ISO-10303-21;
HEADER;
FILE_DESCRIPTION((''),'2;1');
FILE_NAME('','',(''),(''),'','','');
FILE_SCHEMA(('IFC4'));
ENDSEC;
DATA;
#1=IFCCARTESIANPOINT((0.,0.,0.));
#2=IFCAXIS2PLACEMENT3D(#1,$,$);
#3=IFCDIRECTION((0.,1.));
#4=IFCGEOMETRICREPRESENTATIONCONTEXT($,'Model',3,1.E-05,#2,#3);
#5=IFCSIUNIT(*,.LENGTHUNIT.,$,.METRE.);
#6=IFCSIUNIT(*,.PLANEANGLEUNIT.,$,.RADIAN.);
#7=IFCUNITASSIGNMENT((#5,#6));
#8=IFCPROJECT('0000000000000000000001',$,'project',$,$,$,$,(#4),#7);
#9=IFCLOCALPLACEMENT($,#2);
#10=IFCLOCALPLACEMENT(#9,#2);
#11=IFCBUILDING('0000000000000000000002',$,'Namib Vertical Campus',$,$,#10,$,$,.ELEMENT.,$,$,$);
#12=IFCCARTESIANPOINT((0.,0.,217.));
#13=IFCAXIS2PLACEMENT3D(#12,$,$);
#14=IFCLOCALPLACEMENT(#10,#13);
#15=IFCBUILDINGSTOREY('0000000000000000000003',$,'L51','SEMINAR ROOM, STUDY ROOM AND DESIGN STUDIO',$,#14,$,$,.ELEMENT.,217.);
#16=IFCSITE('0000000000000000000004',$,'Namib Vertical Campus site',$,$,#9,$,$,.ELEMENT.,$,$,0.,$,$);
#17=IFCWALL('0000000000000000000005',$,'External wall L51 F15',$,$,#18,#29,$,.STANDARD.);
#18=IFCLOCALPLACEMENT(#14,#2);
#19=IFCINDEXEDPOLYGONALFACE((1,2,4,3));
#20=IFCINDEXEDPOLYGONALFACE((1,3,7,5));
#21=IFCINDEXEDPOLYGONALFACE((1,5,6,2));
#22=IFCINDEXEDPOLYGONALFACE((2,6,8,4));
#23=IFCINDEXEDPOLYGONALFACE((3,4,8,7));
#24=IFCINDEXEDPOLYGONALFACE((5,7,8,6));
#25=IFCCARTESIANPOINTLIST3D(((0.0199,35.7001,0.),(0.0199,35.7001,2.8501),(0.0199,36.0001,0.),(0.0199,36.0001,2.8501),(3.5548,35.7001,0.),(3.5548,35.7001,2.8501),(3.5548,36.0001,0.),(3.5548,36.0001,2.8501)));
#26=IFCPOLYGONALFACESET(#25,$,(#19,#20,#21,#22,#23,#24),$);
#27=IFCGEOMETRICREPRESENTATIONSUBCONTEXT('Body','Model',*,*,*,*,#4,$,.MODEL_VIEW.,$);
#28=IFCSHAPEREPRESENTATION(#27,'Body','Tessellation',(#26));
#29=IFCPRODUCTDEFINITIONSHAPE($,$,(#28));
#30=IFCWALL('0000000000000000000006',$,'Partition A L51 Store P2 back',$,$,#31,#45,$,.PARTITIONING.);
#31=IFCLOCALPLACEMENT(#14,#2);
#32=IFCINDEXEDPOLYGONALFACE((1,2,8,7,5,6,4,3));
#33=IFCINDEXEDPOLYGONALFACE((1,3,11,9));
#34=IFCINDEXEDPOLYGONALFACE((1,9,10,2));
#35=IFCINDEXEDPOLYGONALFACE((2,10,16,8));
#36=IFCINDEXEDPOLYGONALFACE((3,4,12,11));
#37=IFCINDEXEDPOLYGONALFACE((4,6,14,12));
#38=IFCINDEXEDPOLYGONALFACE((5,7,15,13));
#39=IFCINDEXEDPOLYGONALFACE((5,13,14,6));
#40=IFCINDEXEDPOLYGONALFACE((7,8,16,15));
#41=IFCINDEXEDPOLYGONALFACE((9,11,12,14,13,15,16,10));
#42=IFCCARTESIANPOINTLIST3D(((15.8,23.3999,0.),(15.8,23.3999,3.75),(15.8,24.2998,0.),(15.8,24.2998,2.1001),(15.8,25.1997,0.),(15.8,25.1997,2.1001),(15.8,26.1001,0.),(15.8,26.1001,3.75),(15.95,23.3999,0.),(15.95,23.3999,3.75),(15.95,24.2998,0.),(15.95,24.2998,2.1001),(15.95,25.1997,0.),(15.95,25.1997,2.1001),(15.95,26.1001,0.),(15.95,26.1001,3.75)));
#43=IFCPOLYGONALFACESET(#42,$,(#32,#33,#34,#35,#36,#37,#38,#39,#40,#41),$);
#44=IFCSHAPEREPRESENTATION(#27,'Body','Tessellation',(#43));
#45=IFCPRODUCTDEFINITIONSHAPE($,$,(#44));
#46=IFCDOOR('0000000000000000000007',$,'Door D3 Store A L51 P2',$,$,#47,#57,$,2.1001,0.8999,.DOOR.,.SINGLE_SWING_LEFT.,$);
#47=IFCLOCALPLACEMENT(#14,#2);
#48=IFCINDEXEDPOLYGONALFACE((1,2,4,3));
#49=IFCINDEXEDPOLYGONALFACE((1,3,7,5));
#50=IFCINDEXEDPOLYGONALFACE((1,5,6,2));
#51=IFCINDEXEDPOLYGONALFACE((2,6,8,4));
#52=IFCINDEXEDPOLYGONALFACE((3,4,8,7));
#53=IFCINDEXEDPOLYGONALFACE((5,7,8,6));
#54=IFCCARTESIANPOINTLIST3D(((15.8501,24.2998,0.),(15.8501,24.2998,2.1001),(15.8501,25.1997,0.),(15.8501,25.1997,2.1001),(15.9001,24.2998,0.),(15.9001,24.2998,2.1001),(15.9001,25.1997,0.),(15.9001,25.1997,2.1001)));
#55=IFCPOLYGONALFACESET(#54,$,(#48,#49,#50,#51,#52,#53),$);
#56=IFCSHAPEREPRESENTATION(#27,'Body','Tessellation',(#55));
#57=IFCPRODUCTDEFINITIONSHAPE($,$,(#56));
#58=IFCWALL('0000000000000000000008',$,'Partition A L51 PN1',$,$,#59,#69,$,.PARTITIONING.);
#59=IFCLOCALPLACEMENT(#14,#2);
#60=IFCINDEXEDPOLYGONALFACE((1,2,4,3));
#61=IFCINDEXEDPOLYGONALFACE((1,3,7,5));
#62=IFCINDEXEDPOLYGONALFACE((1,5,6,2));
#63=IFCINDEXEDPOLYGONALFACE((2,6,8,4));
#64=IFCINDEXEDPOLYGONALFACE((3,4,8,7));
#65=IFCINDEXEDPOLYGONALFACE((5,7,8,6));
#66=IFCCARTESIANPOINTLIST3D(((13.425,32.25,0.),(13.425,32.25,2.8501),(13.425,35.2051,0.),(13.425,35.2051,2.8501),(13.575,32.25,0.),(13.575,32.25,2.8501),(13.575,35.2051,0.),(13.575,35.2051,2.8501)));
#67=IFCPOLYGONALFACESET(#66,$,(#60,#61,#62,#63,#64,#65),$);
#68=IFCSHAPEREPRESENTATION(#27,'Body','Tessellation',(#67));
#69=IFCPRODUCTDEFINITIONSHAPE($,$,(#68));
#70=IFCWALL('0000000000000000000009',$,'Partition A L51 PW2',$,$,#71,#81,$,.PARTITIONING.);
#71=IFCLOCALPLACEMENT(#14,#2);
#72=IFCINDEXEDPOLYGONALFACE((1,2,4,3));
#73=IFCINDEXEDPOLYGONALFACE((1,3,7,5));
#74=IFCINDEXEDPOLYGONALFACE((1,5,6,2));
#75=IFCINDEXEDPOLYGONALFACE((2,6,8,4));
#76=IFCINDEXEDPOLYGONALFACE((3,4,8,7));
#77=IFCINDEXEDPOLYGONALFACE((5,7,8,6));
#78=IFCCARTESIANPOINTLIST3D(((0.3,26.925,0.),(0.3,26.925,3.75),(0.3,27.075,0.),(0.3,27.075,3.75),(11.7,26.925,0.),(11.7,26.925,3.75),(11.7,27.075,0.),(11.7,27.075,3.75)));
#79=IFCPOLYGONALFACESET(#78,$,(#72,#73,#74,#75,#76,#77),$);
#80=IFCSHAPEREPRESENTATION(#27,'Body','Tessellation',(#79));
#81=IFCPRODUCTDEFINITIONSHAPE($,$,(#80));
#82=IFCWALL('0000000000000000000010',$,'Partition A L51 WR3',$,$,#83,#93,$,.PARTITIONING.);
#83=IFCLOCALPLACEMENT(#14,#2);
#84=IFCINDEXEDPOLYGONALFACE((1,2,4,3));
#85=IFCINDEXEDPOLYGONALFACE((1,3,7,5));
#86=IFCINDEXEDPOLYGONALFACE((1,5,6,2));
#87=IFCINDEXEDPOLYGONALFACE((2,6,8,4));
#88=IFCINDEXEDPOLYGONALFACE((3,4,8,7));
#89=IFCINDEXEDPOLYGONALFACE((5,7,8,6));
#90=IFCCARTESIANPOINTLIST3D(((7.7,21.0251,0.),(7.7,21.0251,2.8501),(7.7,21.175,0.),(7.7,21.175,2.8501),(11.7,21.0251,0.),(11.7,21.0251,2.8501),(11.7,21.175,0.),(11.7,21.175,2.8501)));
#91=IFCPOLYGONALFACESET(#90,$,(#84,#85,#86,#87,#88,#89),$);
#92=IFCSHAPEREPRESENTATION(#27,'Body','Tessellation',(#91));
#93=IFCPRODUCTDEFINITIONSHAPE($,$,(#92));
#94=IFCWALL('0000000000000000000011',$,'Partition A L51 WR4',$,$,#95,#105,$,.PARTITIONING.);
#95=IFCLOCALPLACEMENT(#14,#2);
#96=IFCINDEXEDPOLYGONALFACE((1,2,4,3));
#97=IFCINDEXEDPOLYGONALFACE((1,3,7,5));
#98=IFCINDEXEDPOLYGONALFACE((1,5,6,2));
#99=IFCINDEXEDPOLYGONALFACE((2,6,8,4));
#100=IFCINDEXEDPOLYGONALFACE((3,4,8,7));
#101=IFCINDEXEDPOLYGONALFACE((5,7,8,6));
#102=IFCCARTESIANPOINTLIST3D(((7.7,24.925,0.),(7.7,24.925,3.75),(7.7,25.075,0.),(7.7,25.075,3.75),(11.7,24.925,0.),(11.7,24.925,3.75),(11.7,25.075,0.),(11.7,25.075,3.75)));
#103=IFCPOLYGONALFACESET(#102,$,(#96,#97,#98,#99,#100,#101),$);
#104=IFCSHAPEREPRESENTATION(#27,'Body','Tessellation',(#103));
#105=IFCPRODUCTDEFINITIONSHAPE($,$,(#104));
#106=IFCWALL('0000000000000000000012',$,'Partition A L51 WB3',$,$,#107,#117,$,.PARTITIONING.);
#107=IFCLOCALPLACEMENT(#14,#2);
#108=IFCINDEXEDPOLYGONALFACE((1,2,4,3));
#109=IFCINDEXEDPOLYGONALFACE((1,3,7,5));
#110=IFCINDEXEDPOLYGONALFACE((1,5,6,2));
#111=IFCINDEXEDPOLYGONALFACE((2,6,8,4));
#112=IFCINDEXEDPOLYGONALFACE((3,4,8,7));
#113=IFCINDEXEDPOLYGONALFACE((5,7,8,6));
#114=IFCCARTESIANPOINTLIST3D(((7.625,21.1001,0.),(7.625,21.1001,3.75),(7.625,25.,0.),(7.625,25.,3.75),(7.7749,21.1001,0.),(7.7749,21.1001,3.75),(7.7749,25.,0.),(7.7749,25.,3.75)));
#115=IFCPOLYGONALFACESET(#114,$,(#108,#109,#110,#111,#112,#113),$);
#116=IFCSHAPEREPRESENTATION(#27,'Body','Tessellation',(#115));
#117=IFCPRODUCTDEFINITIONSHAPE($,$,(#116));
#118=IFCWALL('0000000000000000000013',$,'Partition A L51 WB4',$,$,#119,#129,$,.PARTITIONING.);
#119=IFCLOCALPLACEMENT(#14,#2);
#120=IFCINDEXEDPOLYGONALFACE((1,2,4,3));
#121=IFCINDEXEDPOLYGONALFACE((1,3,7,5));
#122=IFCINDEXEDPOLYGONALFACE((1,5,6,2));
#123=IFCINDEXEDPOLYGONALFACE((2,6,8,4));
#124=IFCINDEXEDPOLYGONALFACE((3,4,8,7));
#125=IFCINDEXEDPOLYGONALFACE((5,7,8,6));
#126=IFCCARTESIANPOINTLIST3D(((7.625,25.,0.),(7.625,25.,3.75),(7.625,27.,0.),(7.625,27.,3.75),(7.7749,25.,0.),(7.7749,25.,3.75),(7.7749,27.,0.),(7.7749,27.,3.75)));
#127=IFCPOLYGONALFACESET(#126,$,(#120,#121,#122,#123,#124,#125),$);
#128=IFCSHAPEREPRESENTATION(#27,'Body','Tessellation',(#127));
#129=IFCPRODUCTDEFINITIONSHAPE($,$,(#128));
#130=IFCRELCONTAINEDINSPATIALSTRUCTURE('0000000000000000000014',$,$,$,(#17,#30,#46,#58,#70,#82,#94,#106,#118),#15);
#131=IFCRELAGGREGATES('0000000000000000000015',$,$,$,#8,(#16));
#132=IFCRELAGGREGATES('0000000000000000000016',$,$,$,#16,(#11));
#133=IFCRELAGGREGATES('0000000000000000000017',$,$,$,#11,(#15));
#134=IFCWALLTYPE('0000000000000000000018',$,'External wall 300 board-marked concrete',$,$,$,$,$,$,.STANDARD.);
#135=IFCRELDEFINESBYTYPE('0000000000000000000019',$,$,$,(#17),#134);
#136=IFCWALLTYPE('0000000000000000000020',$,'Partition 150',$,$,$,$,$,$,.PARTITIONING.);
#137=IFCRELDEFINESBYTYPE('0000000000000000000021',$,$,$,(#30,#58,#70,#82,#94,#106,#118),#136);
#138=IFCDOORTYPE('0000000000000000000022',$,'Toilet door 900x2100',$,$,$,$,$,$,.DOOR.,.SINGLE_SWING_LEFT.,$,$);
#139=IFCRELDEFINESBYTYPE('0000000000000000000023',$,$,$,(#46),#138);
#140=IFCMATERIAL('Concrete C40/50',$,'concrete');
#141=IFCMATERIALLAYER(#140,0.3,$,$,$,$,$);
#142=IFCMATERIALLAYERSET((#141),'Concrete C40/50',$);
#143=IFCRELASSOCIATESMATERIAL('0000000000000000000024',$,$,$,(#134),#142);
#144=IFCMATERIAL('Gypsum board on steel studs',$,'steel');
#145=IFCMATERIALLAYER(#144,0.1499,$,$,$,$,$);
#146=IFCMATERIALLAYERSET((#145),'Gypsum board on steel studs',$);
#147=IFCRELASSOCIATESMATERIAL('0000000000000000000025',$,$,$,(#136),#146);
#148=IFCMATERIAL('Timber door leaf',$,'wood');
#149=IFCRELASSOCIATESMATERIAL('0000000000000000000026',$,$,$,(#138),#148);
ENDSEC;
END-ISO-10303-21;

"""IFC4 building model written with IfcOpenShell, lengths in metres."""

from ifc_helpers import new_model, si_unit, direction, frame, frame_2d, origin, place, context, subcontext, project, spatial, rectangle, extrude, material, layer, layer_set, type_object, element, fill, save


model = new_model("IFC4")

# Units and contexts
model_context = context("Model", 3, precision=1e-05, world=origin(), true_north=direction((0.0, 1.0)))
body_context = subcontext(model_context, "Body", "Model", "MODEL_VIEW")
ifc_project = project(units=[si_unit("LENGTHUNIT", "METRE"), si_unit("PLANEANGLEUNIT", "RADIAN")], contexts=[model_context])

# Site, building, storey
site_placement = place(None, origin())
site = spatial("IfcSite", under=ifc_project, at=site_placement, Name="Namib Vertical Campus site", CompositionType="ELEMENT", RefElevation=0.0)
building_placement = place(site_placement, origin())
building = spatial("IfcBuilding", under=site, at=building_placement, Name="Namib Vertical Campus", CompositionType="ELEMENT")
storey_placement = place(building_placement, frame((0.0, 0.0, 217.0)))
storey = spatial("IfcBuildingStorey", under=building, at=storey_placement, Name="L51", Description="SEMINAR ROOM, STUDY ROOM AND DESIGN STUDIO", CompositionType="ELEMENT", Elevation=217.0)

# Wall
ifc_material_1 = material(Name="Concrete C40/50", Category="concrete")
ifc_layer_1 = layer(ifc_material_1, 0.3)
ifc_layer_set_1 = layer_set([ifc_layer_1], Name="Concrete C40/50")
wall_type_1 = type_object("IfcWallType", Name="External wall 300 board-marked concrete", PredefinedType="STANDARD", material=ifc_layer_set_1)
wall_1_placement = place(storey_placement, frame((3.5549, 35.8501, 0.0), z_axis=(0.0, 0.0, 1.0), x_axis=(-1.0, 0.0, 0.0)))
element("IfcWall", 1, at=wall_1_placement, inside=storey, type_object=wall_type_1, Name="External wall L51 F15", PredefinedType="STANDARD", context=body_context, shape_type="SweptSolid", body=[
    extrude(rectangle(XDim=3.5349, YDim=0.3, at=frame_2d((1.7676, 0.0))), origin(), (0.0, 0.0, 1.0), 2.8501),
])

# Wall, opening, door
ifc_material_2 = material(Name="Gypsum board on steel studs", Category="steel")
ifc_layer_2 = layer(ifc_material_2, 0.1499)
ifc_layer_set_2 = layer_set([ifc_layer_2], Name="Gypsum board on steel studs")
wall_type_2 = type_object("IfcWallType", Name="Partition 150", PredefinedType="PARTITIONING", material=ifc_layer_set_2)
wall_2_placement = place(storey_placement, frame((15.875, 23.3999, 0.0), z_axis=(0.0, 0.0, 1.0), x_axis=(0.0, 1.0, 0.0)))
wall_2 = element("IfcWall", 2, at=wall_2_placement, inside=storey, type_object=wall_type_2, Name="Partition A L51 Store P2 back", PredefinedType="PARTITIONING", context=body_context, shape_type="SweptSolid", body=[
    extrude(rectangle(XDim=2.7002, YDim=0.1499, at=frame_2d((1.3501, 0.0))), origin(), (0.0, 0.0, 1.0), 3.75),
])
opening_1_placement = place(wall_2_placement, frame((0.8999, 0.0, 0.0)))
opening_1 = element("IfcOpeningElement", 3, at=opening_1_placement, cuts=wall_2, PredefinedType="OPENING", context=body_context, shape_type="SweptSolid", body=[
    extrude(rectangle(XDim=0.8999, YDim=2.1001, at=frame_2d((0.45, 1.05))), frame((0.0, 0.085, 0.0), z_axis=(0.0, -1.0, 0.0), x_axis=(1.0, 0.0, 0.0)), (0.0, 0.0, 1.0), 0.1699),
])
ifc_material_3 = material(Name="Timber door leaf", Category="wood")
door_type_1 = type_object("IfcDoorType", Name="Toilet door 900x2100", OperationType="SINGLE_SWING_LEFT", PredefinedType="DOOR", material=ifc_material_3)
door_1_placement = place(opening_1_placement, origin())
door_1 = element("IfcDoor", 4, at=door_1_placement, inside=storey, type_object=door_type_1, Name="Door D3 Store A L51 P2", OperationType="SINGLE_SWING_LEFT", OverallHeight=2.1001, OverallWidth=0.8999, PredefinedType="DOOR", context=body_context, shape_type="SweptSolid", body=[
    extrude(rectangle(XDim=0.8999, YDim=2.1001, at=frame_2d((0.45, 1.05))), frame((0.0, 0.0249, 0.0), z_axis=(0.0, -1.0, 0.0), x_axis=(1.0, 0.0, 0.0)), (0.0, 0.0, 1.0), 0.05),
])
fill(opening_1, door_1)

# Walls
wall_3_placement = place(storey_placement, frame((13.5, 32.25, 0.0), z_axis=(0.0, 0.0, 1.0), x_axis=(0.0, 1.0, 0.0)))
element("IfcWall", 5, at=wall_3_placement, inside=storey, type_object=wall_type_2, Name="Partition A L51 PN1", PredefinedType="PARTITIONING", context=body_context, shape_type="SweptSolid", body=[
    extrude(rectangle(XDim=2.9551, YDim=0.1499, at=frame_2d((1.4775, 0.0))), origin(), (0.0, 0.0, 1.0), 2.8501),
])
wall_4_placement = place(storey_placement, frame((0.3, 27.0, 0.0), z_axis=(0.0, 0.0, 1.0), x_axis=(1.0, 0.0, 0.0)))
element("IfcWall", 6, at=wall_4_placement, inside=storey, type_object=wall_type_2, Name="Partition A L51 PW2", PredefinedType="PARTITIONING", context=body_context, shape_type="SweptSolid", body=[
    extrude(rectangle(XDim=11.3999, YDim=0.1499, at=frame_2d((5.7, 0.0))), origin(), (0.0, 0.0, 1.0), 3.75),
])
wall_5_placement = place(storey_placement, frame((11.7, 21.1001, 0.0), z_axis=(0.0, 0.0, 1.0), x_axis=(-1.0, 0.0, 0.0)))
element("IfcWall", 7, at=wall_5_placement, inside=storey, type_object=wall_type_2, Name="Partition A L51 WR3", PredefinedType="PARTITIONING", context=body_context, shape_type="SweptSolid", body=[
    extrude(rectangle(XDim=4.0, YDim=0.1499, at=frame_2d((2.0, 0.0))), origin(), (0.0, 0.0, 1.0), 2.8501),
])
wall_6_placement = place(storey_placement, frame((11.7, 25.0, 0.0), z_axis=(0.0, 0.0, 1.0), x_axis=(-1.0, 0.0, 0.0)))
element("IfcWall", 8, at=wall_6_placement, inside=storey, type_object=wall_type_2, Name="Partition A L51 WR4", PredefinedType="PARTITIONING", context=body_context, shape_type="SweptSolid", body=[
    extrude(rectangle(XDim=4.0, YDim=0.1499, at=frame_2d((2.0, 0.0))), origin(), (0.0, 0.0, 1.0), 3.75),
])
wall_7_placement = place(storey_placement, frame((7.7, 21.1001, 0.0), z_axis=(0.0, 0.0, 1.0), x_axis=(0.0, 1.0, 0.0)))
element("IfcWall", 9, at=wall_7_placement, inside=storey, type_object=wall_type_2, Name="Partition A L51 WB3", PredefinedType="PARTITIONING", context=body_context, shape_type="SweptSolid", body=[
    extrude(rectangle(XDim=3.8999, YDim=0.1499, at=frame_2d((1.95, 0.0))), origin(), (0.0, 0.0, 1.0), 3.75),
])
wall_8_placement = place(storey_placement, frame((7.7, 25.0, 0.0), z_axis=(0.0, 0.0, 1.0), x_axis=(0.0, 1.0, 0.0)))
element("IfcWall", 10, at=wall_8_placement, inside=storey, type_object=wall_type_2, Name="Partition A L51 WB4", PredefinedType="PARTITIONING", context=body_context, shape_type="SweptSolid", body=[
    extrude(rectangle(XDim=2.0, YDim=0.1499, at=frame_2d((1.0, 0.0))), origin(), (0.0, 0.0, 1.0), 3.75),
])

save(model, "model.ifc")
